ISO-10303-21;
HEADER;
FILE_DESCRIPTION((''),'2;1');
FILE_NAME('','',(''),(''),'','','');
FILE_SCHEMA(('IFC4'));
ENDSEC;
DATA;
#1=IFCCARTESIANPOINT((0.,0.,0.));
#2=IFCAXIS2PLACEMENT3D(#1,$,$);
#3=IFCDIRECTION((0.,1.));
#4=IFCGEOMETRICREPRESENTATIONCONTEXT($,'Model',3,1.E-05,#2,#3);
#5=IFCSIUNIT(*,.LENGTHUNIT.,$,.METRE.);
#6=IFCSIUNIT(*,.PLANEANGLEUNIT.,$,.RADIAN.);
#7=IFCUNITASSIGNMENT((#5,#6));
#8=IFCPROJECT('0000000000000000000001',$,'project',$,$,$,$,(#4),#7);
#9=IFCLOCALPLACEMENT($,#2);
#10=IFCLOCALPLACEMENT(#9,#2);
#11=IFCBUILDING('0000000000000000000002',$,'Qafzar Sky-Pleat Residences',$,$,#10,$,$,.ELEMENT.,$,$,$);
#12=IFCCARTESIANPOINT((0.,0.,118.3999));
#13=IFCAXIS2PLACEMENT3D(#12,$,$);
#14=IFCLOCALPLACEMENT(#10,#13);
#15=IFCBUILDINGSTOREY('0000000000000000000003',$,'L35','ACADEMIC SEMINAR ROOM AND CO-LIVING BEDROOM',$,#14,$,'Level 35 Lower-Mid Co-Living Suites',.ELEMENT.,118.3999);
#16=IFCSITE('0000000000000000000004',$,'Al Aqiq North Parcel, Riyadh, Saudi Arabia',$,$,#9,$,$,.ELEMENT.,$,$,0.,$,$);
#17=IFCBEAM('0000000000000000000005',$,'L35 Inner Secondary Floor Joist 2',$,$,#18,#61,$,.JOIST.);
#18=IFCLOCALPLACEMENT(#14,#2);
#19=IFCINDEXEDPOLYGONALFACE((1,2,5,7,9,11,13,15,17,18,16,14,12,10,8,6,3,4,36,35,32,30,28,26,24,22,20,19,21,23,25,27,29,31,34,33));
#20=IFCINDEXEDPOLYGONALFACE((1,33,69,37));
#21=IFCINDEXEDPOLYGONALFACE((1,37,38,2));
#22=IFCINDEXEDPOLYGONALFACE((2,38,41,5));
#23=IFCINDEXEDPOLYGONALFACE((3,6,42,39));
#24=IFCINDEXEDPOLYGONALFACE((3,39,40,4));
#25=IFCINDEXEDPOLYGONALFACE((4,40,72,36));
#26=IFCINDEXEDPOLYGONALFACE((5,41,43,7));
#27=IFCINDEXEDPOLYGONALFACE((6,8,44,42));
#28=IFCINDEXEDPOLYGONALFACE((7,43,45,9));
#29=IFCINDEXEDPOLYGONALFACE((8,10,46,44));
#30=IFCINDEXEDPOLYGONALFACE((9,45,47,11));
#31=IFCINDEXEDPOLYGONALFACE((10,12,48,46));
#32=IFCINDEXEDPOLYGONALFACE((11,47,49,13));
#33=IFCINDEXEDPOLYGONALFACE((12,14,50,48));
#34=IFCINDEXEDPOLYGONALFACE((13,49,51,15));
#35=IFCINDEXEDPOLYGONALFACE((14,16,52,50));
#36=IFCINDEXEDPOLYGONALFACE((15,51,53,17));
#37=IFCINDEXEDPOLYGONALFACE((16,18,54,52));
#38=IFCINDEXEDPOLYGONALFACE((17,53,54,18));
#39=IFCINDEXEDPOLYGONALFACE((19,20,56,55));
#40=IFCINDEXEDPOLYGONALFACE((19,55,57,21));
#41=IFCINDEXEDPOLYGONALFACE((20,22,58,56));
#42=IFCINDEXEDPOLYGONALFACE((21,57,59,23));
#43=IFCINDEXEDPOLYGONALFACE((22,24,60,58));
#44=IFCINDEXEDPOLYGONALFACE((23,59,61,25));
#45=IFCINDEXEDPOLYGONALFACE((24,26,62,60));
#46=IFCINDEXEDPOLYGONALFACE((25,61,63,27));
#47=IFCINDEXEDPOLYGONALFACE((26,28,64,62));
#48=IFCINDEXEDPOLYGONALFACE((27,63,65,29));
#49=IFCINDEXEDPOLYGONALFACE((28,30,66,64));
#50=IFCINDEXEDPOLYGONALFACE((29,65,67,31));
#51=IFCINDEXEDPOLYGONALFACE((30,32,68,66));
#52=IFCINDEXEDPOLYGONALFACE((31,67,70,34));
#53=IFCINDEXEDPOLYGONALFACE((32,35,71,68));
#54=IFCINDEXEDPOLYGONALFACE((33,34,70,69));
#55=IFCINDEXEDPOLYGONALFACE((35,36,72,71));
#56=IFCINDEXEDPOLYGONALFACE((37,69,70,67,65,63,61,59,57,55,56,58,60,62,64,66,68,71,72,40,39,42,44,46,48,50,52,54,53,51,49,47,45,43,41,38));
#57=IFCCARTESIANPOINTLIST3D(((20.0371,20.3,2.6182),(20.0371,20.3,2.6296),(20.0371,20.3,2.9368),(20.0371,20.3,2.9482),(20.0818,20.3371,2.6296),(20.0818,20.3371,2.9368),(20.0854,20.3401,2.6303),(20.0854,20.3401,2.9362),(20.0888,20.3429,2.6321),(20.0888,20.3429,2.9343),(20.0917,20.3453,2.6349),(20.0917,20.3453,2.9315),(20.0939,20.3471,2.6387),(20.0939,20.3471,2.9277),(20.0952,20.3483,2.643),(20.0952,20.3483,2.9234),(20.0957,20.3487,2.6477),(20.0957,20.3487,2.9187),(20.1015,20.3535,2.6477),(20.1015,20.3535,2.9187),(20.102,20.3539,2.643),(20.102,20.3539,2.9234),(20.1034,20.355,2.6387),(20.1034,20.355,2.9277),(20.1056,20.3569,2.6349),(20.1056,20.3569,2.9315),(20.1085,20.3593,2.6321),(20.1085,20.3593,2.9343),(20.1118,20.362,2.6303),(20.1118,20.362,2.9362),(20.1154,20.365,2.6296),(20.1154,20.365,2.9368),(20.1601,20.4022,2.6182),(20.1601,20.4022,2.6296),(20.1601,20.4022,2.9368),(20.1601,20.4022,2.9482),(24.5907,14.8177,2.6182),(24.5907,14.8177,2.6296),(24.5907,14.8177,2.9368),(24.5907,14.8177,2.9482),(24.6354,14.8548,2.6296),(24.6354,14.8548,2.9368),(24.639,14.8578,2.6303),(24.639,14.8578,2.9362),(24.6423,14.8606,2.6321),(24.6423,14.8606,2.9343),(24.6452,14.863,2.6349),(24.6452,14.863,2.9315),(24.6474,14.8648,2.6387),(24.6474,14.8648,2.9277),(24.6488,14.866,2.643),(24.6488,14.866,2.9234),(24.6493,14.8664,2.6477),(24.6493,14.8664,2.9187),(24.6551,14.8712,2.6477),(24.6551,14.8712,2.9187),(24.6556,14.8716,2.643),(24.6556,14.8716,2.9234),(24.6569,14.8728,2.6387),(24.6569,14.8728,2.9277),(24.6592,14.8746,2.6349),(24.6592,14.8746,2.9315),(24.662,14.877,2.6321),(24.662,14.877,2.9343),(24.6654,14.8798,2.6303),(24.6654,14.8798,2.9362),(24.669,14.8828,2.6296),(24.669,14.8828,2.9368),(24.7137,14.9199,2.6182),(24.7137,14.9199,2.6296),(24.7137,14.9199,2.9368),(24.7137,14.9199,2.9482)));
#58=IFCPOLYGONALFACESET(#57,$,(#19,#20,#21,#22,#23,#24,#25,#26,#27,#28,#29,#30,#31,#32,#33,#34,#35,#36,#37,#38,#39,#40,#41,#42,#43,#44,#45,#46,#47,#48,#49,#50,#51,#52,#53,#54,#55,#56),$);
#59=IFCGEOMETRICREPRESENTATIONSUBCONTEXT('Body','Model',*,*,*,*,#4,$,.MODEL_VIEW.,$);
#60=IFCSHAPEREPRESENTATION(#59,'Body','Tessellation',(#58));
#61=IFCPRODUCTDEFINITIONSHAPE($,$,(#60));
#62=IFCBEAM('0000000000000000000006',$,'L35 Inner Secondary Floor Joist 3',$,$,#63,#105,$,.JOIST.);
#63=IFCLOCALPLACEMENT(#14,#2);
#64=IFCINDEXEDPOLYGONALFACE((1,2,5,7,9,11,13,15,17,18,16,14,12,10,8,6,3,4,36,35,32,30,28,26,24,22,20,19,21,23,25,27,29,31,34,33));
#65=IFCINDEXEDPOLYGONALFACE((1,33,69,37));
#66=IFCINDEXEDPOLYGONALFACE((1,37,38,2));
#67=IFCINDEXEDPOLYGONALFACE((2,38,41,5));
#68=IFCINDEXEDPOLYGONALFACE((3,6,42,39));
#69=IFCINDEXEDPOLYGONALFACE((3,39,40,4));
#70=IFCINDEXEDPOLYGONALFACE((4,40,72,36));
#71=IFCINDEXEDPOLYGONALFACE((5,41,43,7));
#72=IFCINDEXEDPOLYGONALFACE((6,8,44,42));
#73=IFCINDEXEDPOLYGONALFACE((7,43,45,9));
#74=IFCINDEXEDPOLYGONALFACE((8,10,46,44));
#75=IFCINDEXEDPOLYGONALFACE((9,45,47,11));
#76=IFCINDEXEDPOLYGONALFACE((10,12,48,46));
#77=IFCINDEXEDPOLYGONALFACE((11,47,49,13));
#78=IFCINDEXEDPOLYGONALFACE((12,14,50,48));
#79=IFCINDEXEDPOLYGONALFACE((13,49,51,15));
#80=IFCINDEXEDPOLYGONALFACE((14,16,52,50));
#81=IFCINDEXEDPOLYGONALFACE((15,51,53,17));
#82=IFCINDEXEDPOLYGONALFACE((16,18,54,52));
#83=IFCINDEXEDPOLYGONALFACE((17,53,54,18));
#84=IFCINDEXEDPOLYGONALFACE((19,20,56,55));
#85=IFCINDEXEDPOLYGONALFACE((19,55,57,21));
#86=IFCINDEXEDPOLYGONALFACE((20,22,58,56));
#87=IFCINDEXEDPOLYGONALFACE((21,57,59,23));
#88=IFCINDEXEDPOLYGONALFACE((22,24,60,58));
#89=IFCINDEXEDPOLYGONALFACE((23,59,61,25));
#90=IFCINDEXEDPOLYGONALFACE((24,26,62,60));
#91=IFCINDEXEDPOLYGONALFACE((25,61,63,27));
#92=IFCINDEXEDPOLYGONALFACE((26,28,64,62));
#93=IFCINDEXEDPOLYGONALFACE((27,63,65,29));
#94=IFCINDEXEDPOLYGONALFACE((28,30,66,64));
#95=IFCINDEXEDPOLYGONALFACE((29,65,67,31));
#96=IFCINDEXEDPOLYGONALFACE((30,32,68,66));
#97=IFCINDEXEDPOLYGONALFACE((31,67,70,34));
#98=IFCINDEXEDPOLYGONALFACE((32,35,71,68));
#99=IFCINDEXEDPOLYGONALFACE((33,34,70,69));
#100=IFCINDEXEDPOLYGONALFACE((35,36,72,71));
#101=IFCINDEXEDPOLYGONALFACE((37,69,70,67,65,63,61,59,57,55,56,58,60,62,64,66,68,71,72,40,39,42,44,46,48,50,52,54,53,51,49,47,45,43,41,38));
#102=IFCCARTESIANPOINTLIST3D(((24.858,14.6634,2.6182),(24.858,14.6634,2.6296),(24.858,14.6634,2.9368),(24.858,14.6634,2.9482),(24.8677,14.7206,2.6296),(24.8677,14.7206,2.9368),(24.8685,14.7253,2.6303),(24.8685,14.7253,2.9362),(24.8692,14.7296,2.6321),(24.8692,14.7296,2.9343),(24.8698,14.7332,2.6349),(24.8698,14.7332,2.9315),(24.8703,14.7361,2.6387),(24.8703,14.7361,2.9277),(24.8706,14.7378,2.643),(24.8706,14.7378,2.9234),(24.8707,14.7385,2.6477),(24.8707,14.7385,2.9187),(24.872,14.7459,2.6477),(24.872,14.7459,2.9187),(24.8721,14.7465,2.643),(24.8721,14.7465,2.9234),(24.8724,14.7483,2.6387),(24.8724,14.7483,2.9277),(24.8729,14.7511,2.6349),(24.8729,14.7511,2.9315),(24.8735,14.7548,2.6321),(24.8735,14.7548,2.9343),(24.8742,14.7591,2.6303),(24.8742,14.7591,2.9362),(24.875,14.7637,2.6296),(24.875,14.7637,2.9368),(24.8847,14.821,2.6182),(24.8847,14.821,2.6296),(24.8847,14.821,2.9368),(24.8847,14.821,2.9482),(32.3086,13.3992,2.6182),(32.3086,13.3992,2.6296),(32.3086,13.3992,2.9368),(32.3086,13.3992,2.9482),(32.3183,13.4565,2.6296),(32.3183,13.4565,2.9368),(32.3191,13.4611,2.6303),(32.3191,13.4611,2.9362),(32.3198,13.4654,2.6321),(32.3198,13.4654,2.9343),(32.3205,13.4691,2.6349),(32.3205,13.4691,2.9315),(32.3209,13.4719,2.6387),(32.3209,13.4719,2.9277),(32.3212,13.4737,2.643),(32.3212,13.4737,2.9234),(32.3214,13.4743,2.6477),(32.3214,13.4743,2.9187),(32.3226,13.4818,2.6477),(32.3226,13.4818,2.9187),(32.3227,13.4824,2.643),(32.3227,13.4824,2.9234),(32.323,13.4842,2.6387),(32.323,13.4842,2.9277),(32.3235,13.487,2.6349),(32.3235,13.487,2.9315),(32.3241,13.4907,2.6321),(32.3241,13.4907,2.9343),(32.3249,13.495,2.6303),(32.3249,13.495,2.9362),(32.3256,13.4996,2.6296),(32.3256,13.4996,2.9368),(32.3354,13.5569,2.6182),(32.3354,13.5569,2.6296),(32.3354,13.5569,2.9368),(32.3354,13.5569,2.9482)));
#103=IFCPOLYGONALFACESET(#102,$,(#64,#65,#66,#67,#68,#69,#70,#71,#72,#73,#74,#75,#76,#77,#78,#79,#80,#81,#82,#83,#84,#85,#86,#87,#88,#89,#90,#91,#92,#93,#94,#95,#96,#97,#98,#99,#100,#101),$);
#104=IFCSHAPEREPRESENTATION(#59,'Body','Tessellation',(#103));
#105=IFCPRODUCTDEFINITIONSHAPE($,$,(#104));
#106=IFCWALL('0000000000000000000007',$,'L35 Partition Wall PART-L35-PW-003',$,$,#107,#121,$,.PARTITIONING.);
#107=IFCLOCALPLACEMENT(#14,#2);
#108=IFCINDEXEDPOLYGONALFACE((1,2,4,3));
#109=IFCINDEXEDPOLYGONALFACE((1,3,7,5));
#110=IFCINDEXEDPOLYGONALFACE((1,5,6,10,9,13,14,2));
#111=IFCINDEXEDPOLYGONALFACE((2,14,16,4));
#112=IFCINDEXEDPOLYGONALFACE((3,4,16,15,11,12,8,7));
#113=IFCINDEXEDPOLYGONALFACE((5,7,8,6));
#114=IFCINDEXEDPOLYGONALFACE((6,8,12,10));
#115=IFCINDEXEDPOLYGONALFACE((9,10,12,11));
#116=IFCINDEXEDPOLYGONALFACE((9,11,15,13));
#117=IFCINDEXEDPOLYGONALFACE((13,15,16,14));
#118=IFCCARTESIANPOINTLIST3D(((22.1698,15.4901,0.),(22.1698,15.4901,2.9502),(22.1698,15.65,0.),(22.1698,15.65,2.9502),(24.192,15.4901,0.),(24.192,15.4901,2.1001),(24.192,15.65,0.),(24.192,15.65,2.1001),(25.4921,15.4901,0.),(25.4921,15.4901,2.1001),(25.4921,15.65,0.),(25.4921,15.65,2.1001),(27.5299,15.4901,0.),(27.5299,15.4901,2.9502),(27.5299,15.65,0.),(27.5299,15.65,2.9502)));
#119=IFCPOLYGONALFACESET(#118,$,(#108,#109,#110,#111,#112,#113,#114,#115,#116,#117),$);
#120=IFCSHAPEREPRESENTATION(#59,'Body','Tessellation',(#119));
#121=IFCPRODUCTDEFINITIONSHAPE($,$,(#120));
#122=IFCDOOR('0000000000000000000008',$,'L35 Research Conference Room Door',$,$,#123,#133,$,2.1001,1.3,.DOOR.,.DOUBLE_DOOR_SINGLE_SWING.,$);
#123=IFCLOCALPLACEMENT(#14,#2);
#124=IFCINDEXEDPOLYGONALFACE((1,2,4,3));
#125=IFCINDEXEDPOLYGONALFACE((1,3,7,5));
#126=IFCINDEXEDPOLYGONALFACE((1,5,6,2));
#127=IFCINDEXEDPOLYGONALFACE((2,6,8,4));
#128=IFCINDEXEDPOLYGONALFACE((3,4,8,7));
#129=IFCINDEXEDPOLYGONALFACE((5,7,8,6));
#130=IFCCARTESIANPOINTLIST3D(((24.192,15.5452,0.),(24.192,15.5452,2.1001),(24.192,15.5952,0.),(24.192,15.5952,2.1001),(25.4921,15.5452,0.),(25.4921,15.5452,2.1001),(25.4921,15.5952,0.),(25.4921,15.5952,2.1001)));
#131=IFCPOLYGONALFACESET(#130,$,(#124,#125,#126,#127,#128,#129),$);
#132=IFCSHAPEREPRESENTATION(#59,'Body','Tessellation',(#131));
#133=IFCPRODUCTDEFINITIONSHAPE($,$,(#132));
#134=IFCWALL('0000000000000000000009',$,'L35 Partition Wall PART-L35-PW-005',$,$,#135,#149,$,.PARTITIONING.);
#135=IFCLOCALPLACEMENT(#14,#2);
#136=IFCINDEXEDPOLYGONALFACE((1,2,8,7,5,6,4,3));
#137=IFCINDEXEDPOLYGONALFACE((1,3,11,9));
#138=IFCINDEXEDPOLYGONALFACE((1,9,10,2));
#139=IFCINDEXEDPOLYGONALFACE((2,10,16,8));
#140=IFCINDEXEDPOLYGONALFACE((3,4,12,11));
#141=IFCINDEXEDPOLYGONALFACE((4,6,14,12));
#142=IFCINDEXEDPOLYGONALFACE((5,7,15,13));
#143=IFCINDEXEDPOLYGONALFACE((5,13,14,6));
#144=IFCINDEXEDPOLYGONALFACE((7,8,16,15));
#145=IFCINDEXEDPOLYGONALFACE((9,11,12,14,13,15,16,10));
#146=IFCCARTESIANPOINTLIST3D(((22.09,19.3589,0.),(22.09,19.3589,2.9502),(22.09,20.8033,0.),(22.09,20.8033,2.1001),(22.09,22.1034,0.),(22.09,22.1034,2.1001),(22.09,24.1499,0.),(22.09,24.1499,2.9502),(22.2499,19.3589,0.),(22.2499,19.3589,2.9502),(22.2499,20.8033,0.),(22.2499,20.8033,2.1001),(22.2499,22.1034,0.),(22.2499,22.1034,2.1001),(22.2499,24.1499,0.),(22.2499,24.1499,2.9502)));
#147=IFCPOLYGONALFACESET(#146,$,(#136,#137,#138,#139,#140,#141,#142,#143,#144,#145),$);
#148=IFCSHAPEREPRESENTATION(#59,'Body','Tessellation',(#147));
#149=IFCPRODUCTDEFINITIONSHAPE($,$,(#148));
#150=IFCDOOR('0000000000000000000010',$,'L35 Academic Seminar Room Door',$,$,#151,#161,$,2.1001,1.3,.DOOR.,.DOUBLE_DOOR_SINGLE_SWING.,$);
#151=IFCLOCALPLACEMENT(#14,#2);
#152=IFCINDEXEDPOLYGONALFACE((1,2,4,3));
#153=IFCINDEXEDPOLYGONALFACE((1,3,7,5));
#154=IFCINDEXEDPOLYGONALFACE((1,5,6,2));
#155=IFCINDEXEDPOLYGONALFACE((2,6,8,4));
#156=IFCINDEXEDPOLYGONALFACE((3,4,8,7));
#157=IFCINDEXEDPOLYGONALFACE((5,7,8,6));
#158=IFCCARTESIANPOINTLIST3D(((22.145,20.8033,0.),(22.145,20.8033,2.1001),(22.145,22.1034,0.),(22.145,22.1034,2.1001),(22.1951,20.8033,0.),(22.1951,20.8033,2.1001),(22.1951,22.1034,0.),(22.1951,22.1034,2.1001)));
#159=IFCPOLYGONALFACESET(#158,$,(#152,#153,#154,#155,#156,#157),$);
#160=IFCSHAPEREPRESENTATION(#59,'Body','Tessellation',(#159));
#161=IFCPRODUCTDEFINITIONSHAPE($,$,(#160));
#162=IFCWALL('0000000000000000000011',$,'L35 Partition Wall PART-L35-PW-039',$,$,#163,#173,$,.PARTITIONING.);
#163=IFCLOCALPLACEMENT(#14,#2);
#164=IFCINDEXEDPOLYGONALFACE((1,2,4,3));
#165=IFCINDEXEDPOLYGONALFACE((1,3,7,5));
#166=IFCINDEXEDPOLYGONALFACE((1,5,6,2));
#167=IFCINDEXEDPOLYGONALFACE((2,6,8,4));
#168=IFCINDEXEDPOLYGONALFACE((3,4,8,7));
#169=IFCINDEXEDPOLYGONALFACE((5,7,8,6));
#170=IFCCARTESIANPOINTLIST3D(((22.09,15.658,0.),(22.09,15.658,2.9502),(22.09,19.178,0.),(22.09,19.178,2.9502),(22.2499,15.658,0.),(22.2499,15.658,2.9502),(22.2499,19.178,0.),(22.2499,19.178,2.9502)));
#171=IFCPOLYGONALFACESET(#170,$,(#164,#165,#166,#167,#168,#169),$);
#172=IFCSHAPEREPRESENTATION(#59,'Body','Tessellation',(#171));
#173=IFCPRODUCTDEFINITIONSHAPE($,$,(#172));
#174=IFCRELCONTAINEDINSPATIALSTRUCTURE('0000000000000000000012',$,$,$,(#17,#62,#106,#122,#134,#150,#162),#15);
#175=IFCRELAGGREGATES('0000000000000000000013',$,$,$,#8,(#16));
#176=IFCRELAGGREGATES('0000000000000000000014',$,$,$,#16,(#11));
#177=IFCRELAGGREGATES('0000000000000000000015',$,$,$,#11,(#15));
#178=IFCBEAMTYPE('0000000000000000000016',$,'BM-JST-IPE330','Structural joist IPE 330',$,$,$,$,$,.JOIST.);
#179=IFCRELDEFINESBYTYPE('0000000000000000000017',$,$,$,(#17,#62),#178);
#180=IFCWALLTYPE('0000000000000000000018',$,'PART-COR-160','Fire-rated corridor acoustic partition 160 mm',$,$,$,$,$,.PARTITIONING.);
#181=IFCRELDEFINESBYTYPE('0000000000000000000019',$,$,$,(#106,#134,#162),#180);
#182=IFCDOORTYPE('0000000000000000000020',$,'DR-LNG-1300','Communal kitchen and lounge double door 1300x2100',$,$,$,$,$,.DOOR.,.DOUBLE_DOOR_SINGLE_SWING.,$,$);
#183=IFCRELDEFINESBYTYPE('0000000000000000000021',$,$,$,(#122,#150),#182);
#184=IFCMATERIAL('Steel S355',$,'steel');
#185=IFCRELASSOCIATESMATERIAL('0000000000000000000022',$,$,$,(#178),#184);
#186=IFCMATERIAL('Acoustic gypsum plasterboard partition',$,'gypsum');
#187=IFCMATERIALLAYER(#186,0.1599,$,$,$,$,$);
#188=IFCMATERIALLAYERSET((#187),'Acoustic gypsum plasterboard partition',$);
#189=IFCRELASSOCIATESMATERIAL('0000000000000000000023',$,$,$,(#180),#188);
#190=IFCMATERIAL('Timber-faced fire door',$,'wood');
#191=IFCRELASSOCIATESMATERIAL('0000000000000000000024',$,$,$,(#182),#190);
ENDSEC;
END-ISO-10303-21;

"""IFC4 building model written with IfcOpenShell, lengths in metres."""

from ifc_helpers import new_model, si_unit, direction, frame, frame_2d, origin, origin_2d, place, context, subcontext, project, spatial, rectangle, i_section, extrude, source, transform, mapped, material, layer, layer_set, material_profile, profile_set, type_object, element, fill, save


model = new_model("IFC4")

# Units and contexts
model_context = context("Model", 3, precision=1e-05, world=origin(), true_north=direction((0.0, 1.0)))
body_context = subcontext(model_context, "Body", "Model", "MODEL_VIEW")
ifc_project = project(units=[si_unit("LENGTHUNIT", "METRE"), si_unit("PLANEANGLEUNIT", "RADIAN")], contexts=[model_context])

# Site, building, storey
site_placement = place(None, origin())
site = spatial("IfcSite", under=ifc_project, at=site_placement, Name="Al Aqiq North Parcel, Riyadh, Saudi Arabia", CompositionType="ELEMENT", RefElevation=0.0)
building_placement = place(site_placement, origin())
building = spatial("IfcBuilding", under=site, at=building_placement, Name="Qafzar Sky-Pleat Residences", CompositionType="ELEMENT")
storey_placement = place(building_placement, frame((0.0, 0.0, 118.3999)))
storey = spatial("IfcBuildingStorey", under=building, at=storey_placement, Name="L35", Description="ACADEMIC SEMINAR ROOM AND CO-LIVING BEDROOM", LongName="Level 35 Lower-Mid Co-Living Suites", CompositionType="ELEMENT", Elevation=118.3999)

# Beams
ifc_material_1 = material(Name="Steel S355", Category="steel")
ifc_material_profile = material_profile(ifc_material_1, i_section(OverallWidth=0.1599, OverallDepth=0.3301, WebThickness=0.0076, FlangeThickness=0.0115, FilletRadius=0.0181, at=origin_2d()), Name="IPE 330")
ifc_profile_set = profile_set([ifc_material_profile], Name="Steel S355")
beam_type = type_object("IfcBeamType", Name="BM-JST-IPE330", Description="Structural joist IPE 330", PredefinedType="JOIST", material=ifc_profile_set)
shared_shape_1 = source(origin(), body_context, "Body", "SweptSolid", [
    extrude(i_section(OverallWidth=0.1599, OverallDepth=0.3301, WebThickness=0.0076, FlangeThickness=0.0115, FilletRadius=0.0181, at=origin_2d()), origin(), (0.0, 0.0, 1.0), 7.1267),
])
beam_1_placement = place(storey_placement, frame((20.0986, 20.3511, 2.7832), z_axis=(0.63894, -0.769256, 0.0), x_axis=(0.769256, 0.63894, 0.0)))
element("IfcBeam", 1, at=beam_1_placement, inside=storey, type_object=beam_type, Name="L35 Inner Secondary Floor Joist 2", PredefinedType="JOIST", context=body_context, shape_type="MappedRepresentation", body=[
    mapped(shared_shape_1, transform((0.0, 0.0, 0.0), x_axis=(1.0, 0.0, 0.0), y_axis=(0.0, 1.0, 0.0), z_axis=(0.0, 0.0, 1.0), scale=1.0)),
])
shared_shape_2 = source(origin(), body_context, "Body", "SweptSolid", [
    extrude(i_section(OverallWidth=0.1599, OverallDepth=0.3301, WebThickness=0.0076, FlangeThickness=0.0115, FilletRadius=0.0181, at=origin_2d()), origin(), (0.0, 0.0, 1.0), 7.5571),
])
beam_2_placement = place(storey_placement, frame((24.8713, 14.7422, 2.7832), z_axis=(0.985909, -0.16728, 0.0), x_axis=(0.16728, 0.985909, 0.0)))
element("IfcBeam", 2, at=beam_2_placement, inside=storey, type_object=beam_type, Name="L35 Inner Secondary Floor Joist 3", PredefinedType="JOIST", context=body_context, shape_type="MappedRepresentation", body=[
    mapped(shared_shape_2, transform((0.0, 0.0, 0.0), x_axis=(1.0, 0.0, 0.0), y_axis=(0.0, 1.0, 0.0), z_axis=(0.0, 0.0, 1.0), scale=1.0)),
])

# Walls, openings, doors
ifc_material_2 = material(Name="Acoustic gypsum plasterboard partition", Category="gypsum")
ifc_layer_1 = layer(ifc_material_2, 0.1599)
ifc_layer_set_1 = layer_set([ifc_layer_1], Name="Acoustic gypsum plasterboard partition")
wall_type_1 = type_object("IfcWallType", Name="PART-COR-160", Description="Fire-rated corridor acoustic partition 160 mm", PredefinedType="PARTITIONING", material=ifc_layer_set_1)
wall_1_placement = place(storey_placement, frame((27.53, 15.5701, 0.0), z_axis=(0.0, 0.0, 1.0), x_axis=(-1.0, 0.0, 0.0)))
wall_1 = element("IfcWall", 3, at=wall_1_placement, inside=storey, type_object=wall_type_1, Name="L35 Partition Wall PART-L35-PW-003", PredefinedType="PARTITIONING", context=body_context, shape_type="SweptSolid", body=[
    extrude(rectangle(XDim=5.3601, YDim=0.1599, at=frame_2d((2.6802, 0.0))), origin(), (0.0, 0.0, 1.0), 2.9502),
])
opening_1_placement = place(wall_1_placement, frame((2.0381, 0.0, 0.0)))
opening_1 = element("IfcOpeningElement", 4, at=opening_1_placement, cuts=wall_1, PredefinedType="OPENING", context=body_context, shape_type="SweptSolid", body=[
    extrude(rectangle(XDim=1.3, YDim=2.1001, at=frame_2d((0.6499, 1.05))), frame((0.0, 0.0898, 0.0), z_axis=(0.0, -1.0, 0.0), x_axis=(1.0, 0.0, 0.0)), (0.0, 0.0, 1.0), 0.1799),
])
ifc_material_3 = material(Name="Timber-faced fire door", Category="wood")
door_type_1 = type_object("IfcDoorType", Name="DR-LNG-1300", Description="Communal kitchen and lounge double door 1300x2100", OperationType="DOUBLE_DOOR_SINGLE_SWING", PredefinedType="DOOR", material=ifc_material_3)
shared_shape_3 = source(origin(), body_context, "Body", "SweptSolid", [
    extrude(rectangle(XDim=1.3, YDim=2.1001, at=frame_2d((0.6499, 1.05))), frame((0.0, 0.0249, 0.0), z_axis=(0.0, -1.0, 0.0), x_axis=(1.0, 0.0, 0.0)), (0.0, 0.0, 1.0), 0.05),
])
door_1_placement = place(opening_1_placement, origin())
door_1 = element("IfcDoor", 5, at=door_1_placement, inside=storey, type_object=door_type_1, Name="L35 Research Conference Room Door", OperationType="DOUBLE_DOOR_SINGLE_SWING", OverallHeight=2.1001, OverallWidth=1.3, PredefinedType="DOOR", context=body_context, shape_type="MappedRepresentation", body=[
    mapped(shared_shape_3, transform((0.0, 0.0, 0.0), x_axis=(1.0, 0.0, 0.0), y_axis=(0.0, 1.0, 0.0), z_axis=(0.0, 0.0, 1.0), scale=1.0)),
])
fill(opening_1, door_1)
wall_2_placement = place(storey_placement, frame((22.1699, 19.3589, 0.0), z_axis=(0.0, 0.0, 1.0), x_axis=(0.0, 1.0, 0.0)))
wall_2 = element("IfcWall", 6, at=wall_2_placement, inside=storey, type_object=wall_type_1, Name="L35 Partition Wall PART-L35-PW-005", PredefinedType="PARTITIONING", context=body_context, shape_type="SweptSolid", body=[
    extrude(rectangle(XDim=4.791, YDim=0.1599, at=frame_2d((2.3955, 0.0))), origin(), (0.0, 0.0, 1.0), 2.9502),
])
opening_2_placement = place(wall_2_placement, frame((1.4446, 0.0, 0.0)))
opening_2 = element("IfcOpeningElement", 7, at=opening_2_placement, cuts=wall_2, PredefinedType="OPENING", context=body_context, shape_type="SweptSolid", body=[
    extrude(rectangle(XDim=1.3, YDim=2.1001, at=frame_2d((0.6499, 1.05))), frame((0.0, 0.0898, 0.0), z_axis=(0.0, -1.0, 0.0), x_axis=(1.0, 0.0, 0.0)), (0.0, 0.0, 1.0), 0.1799),
])
door_2_placement = place(opening_2_placement, origin())
door_2 = element("IfcDoor", 8, at=door_2_placement, inside=storey, type_object=door_type_1, Name="L35 Academic Seminar Room Door", OperationType="DOUBLE_DOOR_SINGLE_SWING", OverallHeight=2.1001, OverallWidth=1.3, PredefinedType="DOOR", context=body_context, shape_type="MappedRepresentation", body=[
    mapped(shared_shape_3, transform((0.0, 0.0, 0.0), x_axis=(1.0, 0.0, 0.0), y_axis=(0.0, 1.0, 0.0), z_axis=(0.0, 0.0, 1.0), scale=1.0)),
])
fill(opening_2, door_2)

# Wall
wall_3_placement = place(storey_placement, frame((22.1699, 15.658, 0.0), z_axis=(0.0, 0.0, 1.0), x_axis=(0.0, 1.0, 0.0)))
element("IfcWall", 9, at=wall_3_placement, inside=storey, type_object=wall_type_1, Name="L35 Partition Wall PART-L35-PW-039", PredefinedType="PARTITIONING", context=body_context, shape_type="SweptSolid", body=[
    extrude(rectangle(XDim=3.52, YDim=0.1599, at=frame_2d((1.76, 0.0))), origin(), (0.0, 0.0, 1.0), 2.9502),
])

save(model, "model.ifc")
